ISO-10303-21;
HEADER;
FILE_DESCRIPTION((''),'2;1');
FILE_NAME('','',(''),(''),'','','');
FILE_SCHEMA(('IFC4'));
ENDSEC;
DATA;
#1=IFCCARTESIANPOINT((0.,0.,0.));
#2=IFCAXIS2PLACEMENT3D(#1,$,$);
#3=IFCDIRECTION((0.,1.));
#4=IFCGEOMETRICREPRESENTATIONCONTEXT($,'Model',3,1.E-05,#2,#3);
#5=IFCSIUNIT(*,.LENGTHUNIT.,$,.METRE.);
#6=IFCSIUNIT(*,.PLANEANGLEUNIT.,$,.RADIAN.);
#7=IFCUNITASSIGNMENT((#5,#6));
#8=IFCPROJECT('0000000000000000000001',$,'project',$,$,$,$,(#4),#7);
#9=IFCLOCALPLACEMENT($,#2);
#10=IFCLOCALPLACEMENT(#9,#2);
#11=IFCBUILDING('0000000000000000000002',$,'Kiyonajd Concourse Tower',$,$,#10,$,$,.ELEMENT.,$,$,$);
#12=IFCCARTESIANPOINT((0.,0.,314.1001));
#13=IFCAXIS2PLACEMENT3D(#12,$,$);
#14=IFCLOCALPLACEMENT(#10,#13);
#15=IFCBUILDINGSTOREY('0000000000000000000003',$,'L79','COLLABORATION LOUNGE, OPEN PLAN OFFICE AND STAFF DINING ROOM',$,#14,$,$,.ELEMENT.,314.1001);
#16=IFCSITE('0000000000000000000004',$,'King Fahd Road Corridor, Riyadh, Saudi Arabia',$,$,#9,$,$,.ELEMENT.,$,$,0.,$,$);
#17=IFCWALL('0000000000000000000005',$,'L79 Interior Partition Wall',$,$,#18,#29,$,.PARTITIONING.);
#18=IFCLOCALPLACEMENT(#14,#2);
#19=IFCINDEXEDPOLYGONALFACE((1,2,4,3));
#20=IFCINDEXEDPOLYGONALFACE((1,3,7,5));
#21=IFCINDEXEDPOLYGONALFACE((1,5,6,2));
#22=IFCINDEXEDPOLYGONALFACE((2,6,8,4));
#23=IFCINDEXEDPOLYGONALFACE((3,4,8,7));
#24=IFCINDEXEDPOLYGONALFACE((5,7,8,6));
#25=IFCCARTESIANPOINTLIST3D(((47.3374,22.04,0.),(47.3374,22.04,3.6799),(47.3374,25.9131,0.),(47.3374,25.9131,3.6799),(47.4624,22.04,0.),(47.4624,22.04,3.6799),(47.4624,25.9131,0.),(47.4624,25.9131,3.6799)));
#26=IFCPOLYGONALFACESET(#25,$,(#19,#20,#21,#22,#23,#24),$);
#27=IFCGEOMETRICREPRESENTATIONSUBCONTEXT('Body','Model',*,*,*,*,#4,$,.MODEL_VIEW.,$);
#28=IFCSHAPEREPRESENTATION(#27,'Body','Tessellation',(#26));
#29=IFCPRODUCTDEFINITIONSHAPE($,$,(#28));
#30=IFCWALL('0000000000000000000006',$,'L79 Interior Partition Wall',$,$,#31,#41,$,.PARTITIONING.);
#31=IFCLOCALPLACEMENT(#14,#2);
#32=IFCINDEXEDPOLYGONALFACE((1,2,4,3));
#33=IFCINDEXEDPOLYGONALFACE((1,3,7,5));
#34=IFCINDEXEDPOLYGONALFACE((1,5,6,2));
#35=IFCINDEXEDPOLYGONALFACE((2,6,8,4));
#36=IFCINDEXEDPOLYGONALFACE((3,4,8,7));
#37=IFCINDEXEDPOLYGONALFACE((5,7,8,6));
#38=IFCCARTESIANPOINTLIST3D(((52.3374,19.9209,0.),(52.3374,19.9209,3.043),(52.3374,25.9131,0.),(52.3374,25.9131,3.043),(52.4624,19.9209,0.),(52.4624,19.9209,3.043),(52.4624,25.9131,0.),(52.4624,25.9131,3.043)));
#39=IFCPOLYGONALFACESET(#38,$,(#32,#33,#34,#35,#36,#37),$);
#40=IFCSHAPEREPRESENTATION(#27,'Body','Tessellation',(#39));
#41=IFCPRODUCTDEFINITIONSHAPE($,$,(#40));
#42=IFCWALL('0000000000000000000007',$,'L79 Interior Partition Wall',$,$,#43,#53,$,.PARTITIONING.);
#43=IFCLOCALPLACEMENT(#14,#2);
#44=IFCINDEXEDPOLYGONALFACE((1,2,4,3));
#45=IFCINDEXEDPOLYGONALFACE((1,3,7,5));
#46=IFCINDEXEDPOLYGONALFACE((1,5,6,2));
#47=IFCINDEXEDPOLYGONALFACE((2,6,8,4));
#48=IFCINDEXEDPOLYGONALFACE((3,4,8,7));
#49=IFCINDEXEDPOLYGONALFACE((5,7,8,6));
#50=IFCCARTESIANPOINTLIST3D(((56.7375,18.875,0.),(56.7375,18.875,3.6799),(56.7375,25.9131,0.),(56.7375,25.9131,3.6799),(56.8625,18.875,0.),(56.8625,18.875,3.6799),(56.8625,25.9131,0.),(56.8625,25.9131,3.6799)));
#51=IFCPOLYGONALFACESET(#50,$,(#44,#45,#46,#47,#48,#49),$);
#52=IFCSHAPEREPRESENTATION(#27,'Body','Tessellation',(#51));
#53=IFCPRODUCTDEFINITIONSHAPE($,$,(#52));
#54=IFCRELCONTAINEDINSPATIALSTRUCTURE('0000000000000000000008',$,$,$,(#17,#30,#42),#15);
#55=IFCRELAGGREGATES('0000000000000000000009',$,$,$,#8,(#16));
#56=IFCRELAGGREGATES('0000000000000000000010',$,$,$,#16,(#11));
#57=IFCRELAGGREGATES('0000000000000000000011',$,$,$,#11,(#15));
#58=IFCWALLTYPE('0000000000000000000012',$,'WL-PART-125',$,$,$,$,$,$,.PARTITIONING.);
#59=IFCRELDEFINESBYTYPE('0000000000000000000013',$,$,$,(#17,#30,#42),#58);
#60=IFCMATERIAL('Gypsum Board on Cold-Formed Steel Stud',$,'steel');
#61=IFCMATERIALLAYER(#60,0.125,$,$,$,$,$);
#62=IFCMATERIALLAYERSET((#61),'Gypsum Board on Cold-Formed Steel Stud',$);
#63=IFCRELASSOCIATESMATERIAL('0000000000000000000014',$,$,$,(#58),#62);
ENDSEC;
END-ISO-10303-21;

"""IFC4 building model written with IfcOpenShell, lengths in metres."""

from ifc_helpers import new_model, si_unit, direction, frame, frame_2d, origin, place, context, subcontext, project, spatial, rectangle, extrude, material, layer, layer_set, type_object, element, save


model = new_model("IFC4")

# Units and contexts
model_context = context("Model", 3, precision=1e-05, world=origin(), true_north=direction((0.0, 1.0)))
body_context = subcontext(model_context, "Body", "Model", "MODEL_VIEW")
ifc_project = project(units=[si_unit("LENGTHUNIT", "METRE"), si_unit("PLANEANGLEUNIT", "RADIAN")], contexts=[model_context])

# Site, building, storey
site_placement = place(None, origin())
site = spatial("IfcSite", under=ifc_project, at=site_placement, Name="King Fahd Road Corridor, Riyadh, Saudi Arabia", CompositionType="ELEMENT", RefElevation=0.0)
building_placement = place(site_placement, origin())
building = spatial("IfcBuilding", under=site, at=building_placement, Name="Kiyonajd Concourse Tower", CompositionType="ELEMENT")
storey_placement = place(building_placement, frame((0.0, 0.0, 314.1001)))
storey = spatial("IfcBuildingStorey", under=building, at=storey_placement, Name="L79", Description="COLLABORATION LOUNGE, OPEN PLAN OFFICE AND STAFF DINING ROOM", CompositionType="ELEMENT", Elevation=314.1001)

# Walls
ifc_material_1 = material(Name="Gypsum Board on Cold-Formed Steel Stud", Category="steel")
ifc_layer_1 = layer(ifc_material_1, 0.125)
ifc_layer_set_1 = layer_set([ifc_layer_1], Name="Gypsum Board on Cold-Formed Steel Stud")
wall_type_1 = type_object("IfcWallType", Name="WL-PART-125", PredefinedType="PARTITIONING", material=ifc_layer_set_1)
wall_1_placement = place(storey_placement, frame((47.3999, 22.04, 0.0), z_axis=(0.0, 0.0, 1.0), x_axis=(0.0, 1.0, 0.0)))
element("IfcWall", 1, at=wall_1_placement, inside=storey, type_object=wall_type_1, Name="L79 Interior Partition Wall", PredefinedType="PARTITIONING", context=body_context, shape_type="SweptSolid", body=[
    extrude(rectangle(XDim=3.873, YDim=0.125, at=frame_2d((1.9365, 0.0))), origin(), (0.0, 0.0, 1.0), 3.6799),
])
wall_2_placement = place(storey_placement, frame((52.3999, 19.9209, 0.0), z_axis=(0.0, 0.0, 1.0), x_axis=(0.0, 1.0, 0.0)))
element("IfcWall", 2, at=wall_2_placement, inside=storey, type_object=wall_type_1, Name="L79 Interior Partition Wall", PredefinedType="PARTITIONING", context=body_context, shape_type="SweptSolid", body=[
    extrude(rectangle(XDim=5.9922, YDim=0.125, at=frame_2d((2.9961, 0.0))), origin(), (0.0, 0.0, 1.0), 3.043),
])
wall_3_placement = place(storey_placement, frame((56.8, 18.875, 0.0), z_axis=(0.0, 0.0, 1.0), x_axis=(0.0, 1.0, 0.0)))
element("IfcWall", 3, at=wall_3_placement, inside=storey, type_object=wall_type_1, Name="L79 Interior Partition Wall", PredefinedType="PARTITIONING", context=body_context, shape_type="SweptSolid", body=[
    extrude(rectangle(XDim=7.0381, YDim=0.125, at=frame_2d((3.519, 0.0))), origin(), (0.0, 0.0, 1.0), 3.6799),
])

save(model, "model.ifc")
